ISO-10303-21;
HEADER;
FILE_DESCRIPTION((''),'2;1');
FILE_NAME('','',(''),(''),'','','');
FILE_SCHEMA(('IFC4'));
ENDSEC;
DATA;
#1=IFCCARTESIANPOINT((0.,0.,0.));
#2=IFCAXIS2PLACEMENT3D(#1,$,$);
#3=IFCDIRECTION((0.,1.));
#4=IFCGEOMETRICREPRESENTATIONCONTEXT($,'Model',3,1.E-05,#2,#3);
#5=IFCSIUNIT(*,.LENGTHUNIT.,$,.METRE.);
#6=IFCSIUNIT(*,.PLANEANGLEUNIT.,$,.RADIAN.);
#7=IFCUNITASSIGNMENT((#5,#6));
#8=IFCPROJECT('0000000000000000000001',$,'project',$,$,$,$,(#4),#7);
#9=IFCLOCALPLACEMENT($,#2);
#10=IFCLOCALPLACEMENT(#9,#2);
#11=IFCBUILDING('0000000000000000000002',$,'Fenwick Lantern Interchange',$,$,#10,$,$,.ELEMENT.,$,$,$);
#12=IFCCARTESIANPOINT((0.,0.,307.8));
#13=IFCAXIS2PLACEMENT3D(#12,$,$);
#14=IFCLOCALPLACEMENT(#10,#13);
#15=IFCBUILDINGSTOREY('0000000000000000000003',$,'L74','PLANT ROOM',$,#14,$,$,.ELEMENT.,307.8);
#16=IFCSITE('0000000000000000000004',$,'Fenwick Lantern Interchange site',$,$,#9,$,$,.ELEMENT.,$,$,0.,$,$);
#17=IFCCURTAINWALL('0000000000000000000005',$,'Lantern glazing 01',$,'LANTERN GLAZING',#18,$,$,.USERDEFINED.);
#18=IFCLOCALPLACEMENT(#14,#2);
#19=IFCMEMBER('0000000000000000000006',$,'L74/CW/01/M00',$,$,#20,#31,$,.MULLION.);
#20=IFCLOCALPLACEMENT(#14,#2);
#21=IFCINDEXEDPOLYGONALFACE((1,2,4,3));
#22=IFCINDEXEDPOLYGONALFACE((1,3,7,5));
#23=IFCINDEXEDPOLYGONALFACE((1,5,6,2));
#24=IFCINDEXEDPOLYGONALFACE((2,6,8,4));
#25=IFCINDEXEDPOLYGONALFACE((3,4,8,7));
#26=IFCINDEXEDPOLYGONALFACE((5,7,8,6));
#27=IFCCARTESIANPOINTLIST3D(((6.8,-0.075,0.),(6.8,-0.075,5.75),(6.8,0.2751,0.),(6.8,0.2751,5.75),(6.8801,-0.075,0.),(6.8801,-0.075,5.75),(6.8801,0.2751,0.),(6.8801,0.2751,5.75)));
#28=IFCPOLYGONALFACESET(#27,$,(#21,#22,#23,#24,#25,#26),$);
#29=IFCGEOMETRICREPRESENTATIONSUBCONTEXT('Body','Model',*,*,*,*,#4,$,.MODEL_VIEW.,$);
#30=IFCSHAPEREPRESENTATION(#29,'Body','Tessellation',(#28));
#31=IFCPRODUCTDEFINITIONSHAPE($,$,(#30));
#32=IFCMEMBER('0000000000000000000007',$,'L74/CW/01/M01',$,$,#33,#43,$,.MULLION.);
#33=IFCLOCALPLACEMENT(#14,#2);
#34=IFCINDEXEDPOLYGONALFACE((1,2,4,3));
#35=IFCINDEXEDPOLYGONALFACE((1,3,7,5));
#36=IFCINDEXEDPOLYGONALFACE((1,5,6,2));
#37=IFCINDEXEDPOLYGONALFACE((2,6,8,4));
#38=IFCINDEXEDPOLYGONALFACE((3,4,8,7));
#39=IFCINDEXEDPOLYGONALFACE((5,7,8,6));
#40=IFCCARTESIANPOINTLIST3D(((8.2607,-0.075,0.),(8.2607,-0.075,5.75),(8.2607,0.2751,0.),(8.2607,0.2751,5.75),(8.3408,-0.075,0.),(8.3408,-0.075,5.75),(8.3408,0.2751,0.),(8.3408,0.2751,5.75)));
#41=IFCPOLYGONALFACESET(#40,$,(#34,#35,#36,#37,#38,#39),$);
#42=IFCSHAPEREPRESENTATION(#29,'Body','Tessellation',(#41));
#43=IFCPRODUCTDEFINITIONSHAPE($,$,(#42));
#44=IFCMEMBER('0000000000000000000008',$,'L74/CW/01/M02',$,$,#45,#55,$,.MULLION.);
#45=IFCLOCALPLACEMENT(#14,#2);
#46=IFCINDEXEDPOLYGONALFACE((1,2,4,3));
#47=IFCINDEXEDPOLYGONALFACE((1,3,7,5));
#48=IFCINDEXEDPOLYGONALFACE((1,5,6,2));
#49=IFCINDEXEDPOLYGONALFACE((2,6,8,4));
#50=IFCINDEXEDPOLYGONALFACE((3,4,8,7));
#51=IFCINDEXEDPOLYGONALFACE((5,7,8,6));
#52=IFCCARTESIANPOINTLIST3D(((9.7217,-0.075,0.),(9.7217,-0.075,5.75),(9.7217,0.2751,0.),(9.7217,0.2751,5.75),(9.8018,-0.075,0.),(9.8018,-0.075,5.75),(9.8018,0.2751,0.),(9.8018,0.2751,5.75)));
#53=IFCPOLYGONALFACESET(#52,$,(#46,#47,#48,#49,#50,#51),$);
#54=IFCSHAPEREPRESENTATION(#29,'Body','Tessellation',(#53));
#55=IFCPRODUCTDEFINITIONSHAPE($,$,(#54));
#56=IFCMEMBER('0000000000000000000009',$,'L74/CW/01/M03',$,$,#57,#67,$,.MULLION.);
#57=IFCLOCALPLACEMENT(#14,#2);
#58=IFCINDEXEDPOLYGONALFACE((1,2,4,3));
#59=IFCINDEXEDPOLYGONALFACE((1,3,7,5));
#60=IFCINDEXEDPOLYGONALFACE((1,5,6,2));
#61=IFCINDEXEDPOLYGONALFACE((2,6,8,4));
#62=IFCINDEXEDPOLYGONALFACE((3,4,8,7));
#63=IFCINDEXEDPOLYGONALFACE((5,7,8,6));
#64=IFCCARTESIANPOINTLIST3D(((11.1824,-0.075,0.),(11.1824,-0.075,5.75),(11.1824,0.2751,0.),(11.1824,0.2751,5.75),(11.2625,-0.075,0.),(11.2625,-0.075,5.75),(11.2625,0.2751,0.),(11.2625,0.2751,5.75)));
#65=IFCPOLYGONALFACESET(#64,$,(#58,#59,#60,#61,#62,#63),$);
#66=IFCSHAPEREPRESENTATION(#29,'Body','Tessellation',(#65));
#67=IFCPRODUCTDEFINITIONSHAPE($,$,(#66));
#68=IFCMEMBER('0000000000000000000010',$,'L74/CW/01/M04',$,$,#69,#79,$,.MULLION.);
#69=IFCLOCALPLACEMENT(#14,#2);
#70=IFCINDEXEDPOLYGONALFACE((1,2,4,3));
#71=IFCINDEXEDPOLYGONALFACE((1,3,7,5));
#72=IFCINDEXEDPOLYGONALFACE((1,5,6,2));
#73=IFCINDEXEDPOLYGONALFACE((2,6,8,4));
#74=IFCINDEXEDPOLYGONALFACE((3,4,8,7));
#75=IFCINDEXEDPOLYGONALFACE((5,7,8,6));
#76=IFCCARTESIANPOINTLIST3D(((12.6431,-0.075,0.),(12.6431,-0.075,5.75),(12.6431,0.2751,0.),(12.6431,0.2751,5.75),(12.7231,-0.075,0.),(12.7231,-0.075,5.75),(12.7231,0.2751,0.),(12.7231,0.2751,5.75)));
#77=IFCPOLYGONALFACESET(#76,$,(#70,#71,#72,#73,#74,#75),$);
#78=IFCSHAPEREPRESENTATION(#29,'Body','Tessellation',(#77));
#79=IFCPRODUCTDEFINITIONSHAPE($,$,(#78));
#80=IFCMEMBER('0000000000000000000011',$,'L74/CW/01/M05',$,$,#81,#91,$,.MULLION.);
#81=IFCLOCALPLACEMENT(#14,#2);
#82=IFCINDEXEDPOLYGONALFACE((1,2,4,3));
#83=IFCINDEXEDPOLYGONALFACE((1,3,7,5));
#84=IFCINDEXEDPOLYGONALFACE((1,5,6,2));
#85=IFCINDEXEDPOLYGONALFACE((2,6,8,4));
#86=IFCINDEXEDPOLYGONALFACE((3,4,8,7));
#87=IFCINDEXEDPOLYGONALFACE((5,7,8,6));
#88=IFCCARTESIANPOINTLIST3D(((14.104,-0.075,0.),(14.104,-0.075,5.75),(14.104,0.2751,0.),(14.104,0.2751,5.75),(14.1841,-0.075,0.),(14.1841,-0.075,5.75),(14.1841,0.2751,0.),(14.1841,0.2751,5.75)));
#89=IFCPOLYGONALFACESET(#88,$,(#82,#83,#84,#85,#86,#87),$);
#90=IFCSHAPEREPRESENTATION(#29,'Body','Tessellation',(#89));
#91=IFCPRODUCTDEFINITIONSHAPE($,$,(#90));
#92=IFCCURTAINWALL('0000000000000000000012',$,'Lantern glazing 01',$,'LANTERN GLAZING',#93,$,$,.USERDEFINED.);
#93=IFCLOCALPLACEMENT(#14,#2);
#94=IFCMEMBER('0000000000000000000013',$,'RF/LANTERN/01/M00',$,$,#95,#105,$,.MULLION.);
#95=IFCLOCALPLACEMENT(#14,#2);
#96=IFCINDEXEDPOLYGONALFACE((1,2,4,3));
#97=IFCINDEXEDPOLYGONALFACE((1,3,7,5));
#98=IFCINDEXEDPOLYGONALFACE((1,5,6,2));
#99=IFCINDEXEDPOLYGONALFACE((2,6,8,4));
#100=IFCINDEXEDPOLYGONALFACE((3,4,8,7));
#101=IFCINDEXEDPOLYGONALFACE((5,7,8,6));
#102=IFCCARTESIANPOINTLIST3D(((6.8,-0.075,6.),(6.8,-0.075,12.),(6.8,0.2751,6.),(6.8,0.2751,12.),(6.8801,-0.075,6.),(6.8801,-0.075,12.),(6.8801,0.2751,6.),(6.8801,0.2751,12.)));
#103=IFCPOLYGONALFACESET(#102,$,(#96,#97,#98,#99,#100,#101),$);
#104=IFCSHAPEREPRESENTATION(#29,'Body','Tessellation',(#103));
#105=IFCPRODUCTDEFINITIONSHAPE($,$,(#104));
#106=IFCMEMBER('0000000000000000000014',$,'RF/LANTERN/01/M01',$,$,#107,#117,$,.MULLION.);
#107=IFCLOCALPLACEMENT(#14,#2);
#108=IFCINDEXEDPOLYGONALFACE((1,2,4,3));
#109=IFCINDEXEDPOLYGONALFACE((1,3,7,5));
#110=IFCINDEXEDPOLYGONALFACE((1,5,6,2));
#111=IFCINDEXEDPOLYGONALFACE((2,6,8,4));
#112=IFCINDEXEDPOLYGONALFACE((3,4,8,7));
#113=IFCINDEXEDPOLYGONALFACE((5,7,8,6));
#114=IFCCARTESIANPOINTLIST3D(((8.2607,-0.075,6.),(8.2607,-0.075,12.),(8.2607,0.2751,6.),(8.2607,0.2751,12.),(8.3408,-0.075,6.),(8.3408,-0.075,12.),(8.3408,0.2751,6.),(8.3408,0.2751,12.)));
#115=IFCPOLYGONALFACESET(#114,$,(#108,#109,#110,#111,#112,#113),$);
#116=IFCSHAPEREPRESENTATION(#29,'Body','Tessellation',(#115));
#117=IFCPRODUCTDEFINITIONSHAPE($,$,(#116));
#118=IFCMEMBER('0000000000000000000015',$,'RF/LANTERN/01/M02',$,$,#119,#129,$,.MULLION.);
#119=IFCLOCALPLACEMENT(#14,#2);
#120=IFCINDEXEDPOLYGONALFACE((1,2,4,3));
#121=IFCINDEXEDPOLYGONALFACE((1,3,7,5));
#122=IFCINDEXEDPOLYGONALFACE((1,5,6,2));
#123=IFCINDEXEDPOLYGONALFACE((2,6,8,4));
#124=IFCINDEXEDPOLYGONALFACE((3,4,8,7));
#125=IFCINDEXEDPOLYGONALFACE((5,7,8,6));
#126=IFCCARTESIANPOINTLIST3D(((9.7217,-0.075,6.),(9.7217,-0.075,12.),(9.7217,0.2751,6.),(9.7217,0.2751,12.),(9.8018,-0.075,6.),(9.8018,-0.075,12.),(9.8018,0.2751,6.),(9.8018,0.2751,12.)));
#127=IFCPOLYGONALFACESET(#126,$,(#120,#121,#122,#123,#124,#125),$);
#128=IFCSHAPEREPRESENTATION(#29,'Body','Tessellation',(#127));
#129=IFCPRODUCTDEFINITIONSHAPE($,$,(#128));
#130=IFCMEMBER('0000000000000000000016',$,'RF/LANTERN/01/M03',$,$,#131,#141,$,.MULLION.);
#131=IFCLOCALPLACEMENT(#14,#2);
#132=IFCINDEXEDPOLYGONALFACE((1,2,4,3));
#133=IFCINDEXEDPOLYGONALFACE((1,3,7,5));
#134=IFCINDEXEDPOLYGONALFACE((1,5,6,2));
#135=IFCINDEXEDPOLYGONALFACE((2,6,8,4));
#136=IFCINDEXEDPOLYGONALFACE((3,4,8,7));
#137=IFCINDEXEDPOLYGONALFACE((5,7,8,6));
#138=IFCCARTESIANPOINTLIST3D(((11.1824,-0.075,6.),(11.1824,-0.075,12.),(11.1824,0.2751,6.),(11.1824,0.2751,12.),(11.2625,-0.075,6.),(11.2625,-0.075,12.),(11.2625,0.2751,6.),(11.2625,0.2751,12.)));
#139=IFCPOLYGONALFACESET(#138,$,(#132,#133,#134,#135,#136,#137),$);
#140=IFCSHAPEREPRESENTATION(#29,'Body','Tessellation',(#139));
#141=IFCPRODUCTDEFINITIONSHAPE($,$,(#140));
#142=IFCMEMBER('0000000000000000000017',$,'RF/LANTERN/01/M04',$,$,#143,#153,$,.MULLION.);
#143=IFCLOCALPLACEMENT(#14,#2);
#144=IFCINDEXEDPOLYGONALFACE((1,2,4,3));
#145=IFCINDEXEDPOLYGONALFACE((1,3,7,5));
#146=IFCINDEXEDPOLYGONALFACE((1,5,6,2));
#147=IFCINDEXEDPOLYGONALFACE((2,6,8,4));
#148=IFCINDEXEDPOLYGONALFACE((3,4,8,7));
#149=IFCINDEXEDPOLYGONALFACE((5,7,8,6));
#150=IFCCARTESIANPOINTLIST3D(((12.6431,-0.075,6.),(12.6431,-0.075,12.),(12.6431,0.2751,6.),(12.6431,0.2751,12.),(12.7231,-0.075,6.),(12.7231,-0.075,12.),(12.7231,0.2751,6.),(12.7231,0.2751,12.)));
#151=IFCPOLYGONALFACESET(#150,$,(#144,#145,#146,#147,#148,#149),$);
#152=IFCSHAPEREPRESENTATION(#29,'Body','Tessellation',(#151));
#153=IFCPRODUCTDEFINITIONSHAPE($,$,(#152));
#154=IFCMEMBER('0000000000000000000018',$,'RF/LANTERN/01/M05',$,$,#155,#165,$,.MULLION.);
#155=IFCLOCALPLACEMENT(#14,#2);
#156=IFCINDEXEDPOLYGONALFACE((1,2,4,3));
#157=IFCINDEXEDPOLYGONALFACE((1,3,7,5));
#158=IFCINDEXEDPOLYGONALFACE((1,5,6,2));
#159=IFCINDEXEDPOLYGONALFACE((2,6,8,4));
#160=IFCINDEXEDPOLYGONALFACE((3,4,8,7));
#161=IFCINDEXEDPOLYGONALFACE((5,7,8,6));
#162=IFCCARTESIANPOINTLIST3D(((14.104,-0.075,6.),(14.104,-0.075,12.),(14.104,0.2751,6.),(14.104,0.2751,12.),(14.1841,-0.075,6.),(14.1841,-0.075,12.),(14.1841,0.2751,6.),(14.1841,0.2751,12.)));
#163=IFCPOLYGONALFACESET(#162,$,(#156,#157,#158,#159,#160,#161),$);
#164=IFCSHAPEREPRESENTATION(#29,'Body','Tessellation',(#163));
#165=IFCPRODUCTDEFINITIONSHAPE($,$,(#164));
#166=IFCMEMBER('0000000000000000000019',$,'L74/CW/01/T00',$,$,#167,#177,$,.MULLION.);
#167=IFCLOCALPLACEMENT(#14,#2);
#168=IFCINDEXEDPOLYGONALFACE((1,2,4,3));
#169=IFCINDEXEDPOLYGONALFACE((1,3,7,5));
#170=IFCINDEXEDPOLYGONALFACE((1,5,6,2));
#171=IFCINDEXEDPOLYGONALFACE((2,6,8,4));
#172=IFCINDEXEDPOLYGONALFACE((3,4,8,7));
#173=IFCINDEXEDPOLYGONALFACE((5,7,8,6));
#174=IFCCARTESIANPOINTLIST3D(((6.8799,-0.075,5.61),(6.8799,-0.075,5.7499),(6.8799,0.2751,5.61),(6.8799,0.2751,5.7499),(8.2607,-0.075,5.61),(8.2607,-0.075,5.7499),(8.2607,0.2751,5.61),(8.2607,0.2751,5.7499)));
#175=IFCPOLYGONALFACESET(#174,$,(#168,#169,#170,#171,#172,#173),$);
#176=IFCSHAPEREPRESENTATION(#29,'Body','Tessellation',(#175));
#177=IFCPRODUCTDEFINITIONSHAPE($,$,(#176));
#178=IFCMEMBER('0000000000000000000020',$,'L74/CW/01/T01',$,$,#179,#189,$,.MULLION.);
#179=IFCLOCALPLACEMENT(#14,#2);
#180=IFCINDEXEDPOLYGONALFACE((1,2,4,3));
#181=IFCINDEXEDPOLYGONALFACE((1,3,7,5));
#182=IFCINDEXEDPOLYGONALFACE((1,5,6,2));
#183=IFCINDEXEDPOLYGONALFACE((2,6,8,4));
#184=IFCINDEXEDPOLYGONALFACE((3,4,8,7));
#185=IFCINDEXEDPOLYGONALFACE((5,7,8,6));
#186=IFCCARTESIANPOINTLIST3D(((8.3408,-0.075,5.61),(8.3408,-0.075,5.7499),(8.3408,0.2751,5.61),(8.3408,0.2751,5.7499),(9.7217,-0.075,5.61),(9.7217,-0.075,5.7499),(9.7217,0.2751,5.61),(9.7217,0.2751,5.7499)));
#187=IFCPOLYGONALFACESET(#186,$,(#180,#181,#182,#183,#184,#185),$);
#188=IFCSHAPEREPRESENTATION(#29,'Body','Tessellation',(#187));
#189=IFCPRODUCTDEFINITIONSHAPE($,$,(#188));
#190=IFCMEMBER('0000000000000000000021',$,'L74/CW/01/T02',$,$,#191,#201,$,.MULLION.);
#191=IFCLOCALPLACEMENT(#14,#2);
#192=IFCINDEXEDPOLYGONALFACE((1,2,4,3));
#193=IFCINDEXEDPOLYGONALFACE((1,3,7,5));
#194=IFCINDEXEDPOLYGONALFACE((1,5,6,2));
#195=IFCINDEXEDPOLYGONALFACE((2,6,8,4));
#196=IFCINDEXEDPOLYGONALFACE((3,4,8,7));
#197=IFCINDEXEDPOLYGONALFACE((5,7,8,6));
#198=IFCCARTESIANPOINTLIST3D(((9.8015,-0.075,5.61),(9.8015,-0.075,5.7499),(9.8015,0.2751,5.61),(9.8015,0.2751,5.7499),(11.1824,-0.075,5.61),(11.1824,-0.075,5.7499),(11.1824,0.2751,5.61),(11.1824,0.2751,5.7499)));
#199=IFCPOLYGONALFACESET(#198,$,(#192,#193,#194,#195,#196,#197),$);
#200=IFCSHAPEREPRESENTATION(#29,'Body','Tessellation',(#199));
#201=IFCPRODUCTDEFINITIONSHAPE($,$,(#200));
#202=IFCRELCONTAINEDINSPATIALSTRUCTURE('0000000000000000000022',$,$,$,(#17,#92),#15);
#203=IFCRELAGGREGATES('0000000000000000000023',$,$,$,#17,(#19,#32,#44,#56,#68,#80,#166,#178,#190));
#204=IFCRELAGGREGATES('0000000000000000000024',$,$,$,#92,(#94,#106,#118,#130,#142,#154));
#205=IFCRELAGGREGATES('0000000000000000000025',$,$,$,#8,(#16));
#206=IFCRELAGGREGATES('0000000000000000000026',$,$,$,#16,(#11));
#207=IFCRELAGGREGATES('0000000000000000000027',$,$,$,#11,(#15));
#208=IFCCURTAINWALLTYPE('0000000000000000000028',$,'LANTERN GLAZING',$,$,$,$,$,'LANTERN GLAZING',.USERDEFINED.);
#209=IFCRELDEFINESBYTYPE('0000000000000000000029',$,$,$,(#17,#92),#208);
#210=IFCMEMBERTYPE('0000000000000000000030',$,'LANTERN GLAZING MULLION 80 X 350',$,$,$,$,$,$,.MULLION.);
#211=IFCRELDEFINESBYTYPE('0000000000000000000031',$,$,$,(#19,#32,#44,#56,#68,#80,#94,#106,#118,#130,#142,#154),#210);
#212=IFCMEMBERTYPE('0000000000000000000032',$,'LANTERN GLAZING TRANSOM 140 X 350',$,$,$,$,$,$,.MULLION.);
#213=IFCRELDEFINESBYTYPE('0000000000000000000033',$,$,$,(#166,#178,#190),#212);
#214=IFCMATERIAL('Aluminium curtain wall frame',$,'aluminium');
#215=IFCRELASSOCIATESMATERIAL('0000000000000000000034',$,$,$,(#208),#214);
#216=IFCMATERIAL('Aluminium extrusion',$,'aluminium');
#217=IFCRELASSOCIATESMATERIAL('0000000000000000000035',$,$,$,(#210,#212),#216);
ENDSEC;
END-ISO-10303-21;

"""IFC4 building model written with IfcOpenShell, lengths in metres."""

from ifc_helpers import new_model, si_unit, direction, frame, origin, origin_2d, place, context, subcontext, project, spatial, rectangle, extrude, material, material_profile, profile_set, type_object, element, aggregate, save


model = new_model("IFC4")

# Units and contexts
model_context = context("Model", 3, precision=1e-05, world=origin(), true_north=direction((0.0, 1.0)))
body_context = subcontext(model_context, "Body", "Model", "MODEL_VIEW")
ifc_project = project(units=[si_unit("LENGTHUNIT", "METRE"), si_unit("PLANEANGLEUNIT", "RADIAN")], contexts=[model_context])

# Site, building, storey
site_placement = place(None, origin())
site = spatial("IfcSite", under=ifc_project, at=site_placement, Name="Fenwick Lantern Interchange site", CompositionType="ELEMENT", RefElevation=0.0)
building_placement = place(site_placement, origin())
building = spatial("IfcBuilding", under=site, at=building_placement, Name="Fenwick Lantern Interchange", CompositionType="ELEMENT")
storey_placement = place(building_placement, frame((0.0, 0.0, 307.8)))
storey = spatial("IfcBuildingStorey", under=building, at=storey_placement, Name="L74", Description="PLANT ROOM", CompositionType="ELEMENT", Elevation=307.8)

# Curtain walls, members
ifc_material_1 = material(Name="Aluminium curtain wall frame", Category="aluminium")
curtain_wall_type = type_object("IfcCurtainWallType", Name="LANTERN GLAZING", ElementType="LANTERN GLAZING", PredefinedType="USERDEFINED", material=ifc_material_1)
curtain_wall_1_placement = place(storey_placement, origin())
curtain_wall_1 = element("IfcCurtainWall", 1, at=curtain_wall_1_placement, inside=storey, type_object=curtain_wall_type, Name="Lantern glazing 01", ObjectType="LANTERN GLAZING", PredefinedType="USERDEFINED")
ifc_material_2 = material(Name="Aluminium extrusion", Category="aluminium")
ifc_material_profile_1 = material_profile(ifc_material_2, rectangle(XDim=0.3501, YDim=0.0801, at=origin_2d()), Name="LANTERN GLAZING MULLION 80 X 350")
ifc_profile_set_1 = profile_set([ifc_material_profile_1], Name="Aluminium extrusion")
member_type_1 = type_object("IfcMemberType", Name="LANTERN GLAZING MULLION 80 X 350", PredefinedType="MULLION", material=ifc_profile_set_1)
member_1_placement = place(storey_placement, frame((6.8401, 0.1001, 0.0), z_axis=(0.0, 0.0, 1.0), x_axis=(0.0, 1.0, 0.0)))
member_1 = element("IfcMember", 2, at=member_1_placement, type_object=member_type_1, Name="L74/CW/01/M00", PredefinedType="MULLION", context=body_context, shape_type="SweptSolid", body=[
    extrude(rectangle(XDim=0.3501, YDim=0.0801, at=origin_2d()), origin(), (0.0, 0.0, 1.0), 5.75),
])
member_2_placement = place(storey_placement, frame((8.3008, 0.1001, 0.0), z_axis=(0.0, 0.0, 1.0), x_axis=(0.0, 1.0, 0.0)))
member_2 = element("IfcMember", 3, at=member_2_placement, type_object=member_type_1, Name="L74/CW/01/M01", PredefinedType="MULLION", context=body_context, shape_type="SweptSolid", body=[
    extrude(rectangle(XDim=0.3501, YDim=0.0801, at=origin_2d()), origin(), (0.0, 0.0, 1.0), 5.75),
])
member_3_placement = place(storey_placement, frame((9.7617, 0.1001, 0.0), z_axis=(0.0, 0.0, 1.0), x_axis=(0.0, 1.0, 0.0)))
member_3 = element("IfcMember", 4, at=member_3_placement, type_object=member_type_1, Name="L74/CW/01/M02", PredefinedType="MULLION", context=body_context, shape_type="SweptSolid", body=[
    extrude(rectangle(XDim=0.3501, YDim=0.0801, at=origin_2d()), origin(), (0.0, 0.0, 1.0), 5.75),
])
member_4_placement = place(storey_placement, frame((11.2224, 0.1001, 0.0), z_axis=(0.0, 0.0, 1.0), x_axis=(0.0, 1.0, 0.0)))
member_4 = element("IfcMember", 5, at=member_4_placement, type_object=member_type_1, Name="L74/CW/01/M03", PredefinedType="MULLION", context=body_context, shape_type="SweptSolid", body=[
    extrude(rectangle(XDim=0.3501, YDim=0.0801, at=origin_2d()), origin(), (0.0, 0.0, 1.0), 5.75),
])
member_5_placement = place(storey_placement, frame((12.6831, 0.1001, 0.0), z_axis=(0.0, 0.0, 1.0), x_axis=(0.0, 1.0, 0.0)))
member_5 = element("IfcMember", 6, at=member_5_placement, type_object=member_type_1, Name="L74/CW/01/M04", PredefinedType="MULLION", context=body_context, shape_type="SweptSolid", body=[
    extrude(rectangle(XDim=0.3501, YDim=0.0801, at=origin_2d()), origin(), (0.0, 0.0, 1.0), 5.75),
])
member_6_placement = place(storey_placement, frame((14.144, 0.1001, 0.0), z_axis=(0.0, 0.0, 1.0), x_axis=(0.0, 1.0, 0.0)))
member_6 = element("IfcMember", 7, at=member_6_placement, type_object=member_type_1, Name="L74/CW/01/M05", PredefinedType="MULLION", context=body_context, shape_type="SweptSolid", body=[
    extrude(rectangle(XDim=0.3501, YDim=0.0801, at=origin_2d()), origin(), (0.0, 0.0, 1.0), 5.75),
])
curtain_wall_2_placement = place(storey_placement, origin())
curtain_wall_2 = element("IfcCurtainWall", 8, at=curtain_wall_2_placement, inside=storey, type_object=curtain_wall_type, Name="Lantern glazing 01", ObjectType="LANTERN GLAZING", PredefinedType="USERDEFINED")
member_7_placement = place(storey_placement, frame((6.8401, 0.1001, 6.0), z_axis=(0.0, 0.0, 1.0), x_axis=(0.0, 1.0, 0.0)))
member_7 = element("IfcMember", 9, at=member_7_placement, type_object=member_type_1, Name="RF/LANTERN/01/M00", PredefinedType="MULLION", context=body_context, shape_type="SweptSolid", body=[
    extrude(rectangle(XDim=0.3501, YDim=0.0801, at=origin_2d()), origin(), (0.0, 0.0, 1.0), 6.0),
])
member_8_placement = place(storey_placement, frame((8.3008, 0.1001, 6.0), z_axis=(0.0, 0.0, 1.0), x_axis=(0.0, 1.0, 0.0)))
member_8 = element("IfcMember", 10, at=member_8_placement, type_object=member_type_1, Name="RF/LANTERN/01/M01", PredefinedType="MULLION", context=body_context, shape_type="SweptSolid", body=[
    extrude(rectangle(XDim=0.3501, YDim=0.0801, at=origin_2d()), origin(), (0.0, 0.0, 1.0), 6.0),
])
member_9_placement = place(storey_placement, frame((9.7617, 0.1001, 6.0), z_axis=(0.0, 0.0, 1.0), x_axis=(0.0, 1.0, 0.0)))
member_9 = element("IfcMember", 11, at=member_9_placement, type_object=member_type_1, Name="RF/LANTERN/01/M02", PredefinedType="MULLION", context=body_context, shape_type="SweptSolid", body=[
    extrude(rectangle(XDim=0.3501, YDim=0.0801, at=origin_2d()), origin(), (0.0, 0.0, 1.0), 6.0),
])
member_10_placement = place(storey_placement, frame((11.2224, 0.1001, 6.0), z_axis=(0.0, 0.0, 1.0), x_axis=(0.0, 1.0, 0.0)))
member_10 = element("IfcMember", 12, at=member_10_placement, type_object=member_type_1, Name="RF/LANTERN/01/M03", PredefinedType="MULLION", context=body_context, shape_type="SweptSolid", body=[
    extrude(rectangle(XDim=0.3501, YDim=0.0801, at=origin_2d()), origin(), (0.0, 0.0, 1.0), 6.0),
])
member_11_placement = place(storey_placement, frame((12.6831, 0.1001, 6.0), z_axis=(0.0, 0.0, 1.0), x_axis=(0.0, 1.0, 0.0)))
member_11 = element("IfcMember", 13, at=member_11_placement, type_object=member_type_1, Name="RF/LANTERN/01/M04", PredefinedType="MULLION", context=body_context, shape_type="SweptSolid", body=[
    extrude(rectangle(XDim=0.3501, YDim=0.0801, at=origin_2d()), origin(), (0.0, 0.0, 1.0), 6.0),
])
member_12_placement = place(storey_placement, frame((14.144, 0.1001, 6.0), z_axis=(0.0, 0.0, 1.0), x_axis=(0.0, 1.0, 0.0)))
member_12 = element("IfcMember", 14, at=member_12_placement, type_object=member_type_1, Name="RF/LANTERN/01/M05", PredefinedType="MULLION", context=body_context, shape_type="SweptSolid", body=[
    extrude(rectangle(XDim=0.3501, YDim=0.0801, at=origin_2d()), origin(), (0.0, 0.0, 1.0), 6.0),
])

# Members
ifc_material_profile_2 = material_profile(ifc_material_2, rectangle(XDim=0.3501, YDim=0.1399, at=origin_2d()), Name="LANTERN GLAZING TRANSOM 140 X 350")
ifc_profile_set_2 = profile_set([ifc_material_profile_2], Name="Aluminium extrusion")
member_type_2 = type_object("IfcMemberType", Name="LANTERN GLAZING TRANSOM 140 X 350", PredefinedType="MULLION", material=ifc_profile_set_2)
member_13_placement = place(storey_placement, frame((6.8799, 0.1001, 5.6799), z_axis=(1.0, 0.0, 0.0), x_axis=(0.0, 1.0, 0.0)))
member_13 = element("IfcMember", 15, at=member_13_placement, type_object=member_type_2, Name="L74/CW/01/T00", PredefinedType="MULLION", context=body_context, shape_type="SweptSolid", body=[
    extrude(rectangle(XDim=0.3501, YDim=0.1399, at=origin_2d()), origin(), (0.0, 0.0, 1.0), 1.3809),
])
member_14_placement = place(storey_placement, frame((8.3408, 0.1001, 5.6799), z_axis=(1.0, 0.0, 0.0), x_axis=(0.0, 1.0, 0.0)))
member_14 = element("IfcMember", 16, at=member_14_placement, type_object=member_type_2, Name="L74/CW/01/T01", PredefinedType="MULLION", context=body_context, shape_type="SweptSolid", body=[
    extrude(rectangle(XDim=0.3501, YDim=0.1399, at=origin_2d()), origin(), (0.0, 0.0, 1.0), 1.3809),
])
member_15_placement = place(storey_placement, frame((9.8015, 0.1001, 5.6799), z_axis=(1.0, 0.0, 0.0), x_axis=(0.0, 1.0, 0.0)))
member_15 = element("IfcMember", 17, at=member_15_placement, type_object=member_type_2, Name="L74/CW/01/T02", PredefinedType="MULLION", context=body_context, shape_type="SweptSolid", body=[
    extrude(rectangle(XDim=0.3501, YDim=0.1399, at=origin_2d()), origin(), (0.0, 0.0, 1.0), 1.3809),
])

aggregate(curtain_wall_1, [member_1, member_2, member_3, member_4, member_5, member_6, member_13, member_14, member_15])
aggregate(curtain_wall_2, [member_7, member_8, member_9, member_10, member_11, member_12])

save(model, "model.ifc")
